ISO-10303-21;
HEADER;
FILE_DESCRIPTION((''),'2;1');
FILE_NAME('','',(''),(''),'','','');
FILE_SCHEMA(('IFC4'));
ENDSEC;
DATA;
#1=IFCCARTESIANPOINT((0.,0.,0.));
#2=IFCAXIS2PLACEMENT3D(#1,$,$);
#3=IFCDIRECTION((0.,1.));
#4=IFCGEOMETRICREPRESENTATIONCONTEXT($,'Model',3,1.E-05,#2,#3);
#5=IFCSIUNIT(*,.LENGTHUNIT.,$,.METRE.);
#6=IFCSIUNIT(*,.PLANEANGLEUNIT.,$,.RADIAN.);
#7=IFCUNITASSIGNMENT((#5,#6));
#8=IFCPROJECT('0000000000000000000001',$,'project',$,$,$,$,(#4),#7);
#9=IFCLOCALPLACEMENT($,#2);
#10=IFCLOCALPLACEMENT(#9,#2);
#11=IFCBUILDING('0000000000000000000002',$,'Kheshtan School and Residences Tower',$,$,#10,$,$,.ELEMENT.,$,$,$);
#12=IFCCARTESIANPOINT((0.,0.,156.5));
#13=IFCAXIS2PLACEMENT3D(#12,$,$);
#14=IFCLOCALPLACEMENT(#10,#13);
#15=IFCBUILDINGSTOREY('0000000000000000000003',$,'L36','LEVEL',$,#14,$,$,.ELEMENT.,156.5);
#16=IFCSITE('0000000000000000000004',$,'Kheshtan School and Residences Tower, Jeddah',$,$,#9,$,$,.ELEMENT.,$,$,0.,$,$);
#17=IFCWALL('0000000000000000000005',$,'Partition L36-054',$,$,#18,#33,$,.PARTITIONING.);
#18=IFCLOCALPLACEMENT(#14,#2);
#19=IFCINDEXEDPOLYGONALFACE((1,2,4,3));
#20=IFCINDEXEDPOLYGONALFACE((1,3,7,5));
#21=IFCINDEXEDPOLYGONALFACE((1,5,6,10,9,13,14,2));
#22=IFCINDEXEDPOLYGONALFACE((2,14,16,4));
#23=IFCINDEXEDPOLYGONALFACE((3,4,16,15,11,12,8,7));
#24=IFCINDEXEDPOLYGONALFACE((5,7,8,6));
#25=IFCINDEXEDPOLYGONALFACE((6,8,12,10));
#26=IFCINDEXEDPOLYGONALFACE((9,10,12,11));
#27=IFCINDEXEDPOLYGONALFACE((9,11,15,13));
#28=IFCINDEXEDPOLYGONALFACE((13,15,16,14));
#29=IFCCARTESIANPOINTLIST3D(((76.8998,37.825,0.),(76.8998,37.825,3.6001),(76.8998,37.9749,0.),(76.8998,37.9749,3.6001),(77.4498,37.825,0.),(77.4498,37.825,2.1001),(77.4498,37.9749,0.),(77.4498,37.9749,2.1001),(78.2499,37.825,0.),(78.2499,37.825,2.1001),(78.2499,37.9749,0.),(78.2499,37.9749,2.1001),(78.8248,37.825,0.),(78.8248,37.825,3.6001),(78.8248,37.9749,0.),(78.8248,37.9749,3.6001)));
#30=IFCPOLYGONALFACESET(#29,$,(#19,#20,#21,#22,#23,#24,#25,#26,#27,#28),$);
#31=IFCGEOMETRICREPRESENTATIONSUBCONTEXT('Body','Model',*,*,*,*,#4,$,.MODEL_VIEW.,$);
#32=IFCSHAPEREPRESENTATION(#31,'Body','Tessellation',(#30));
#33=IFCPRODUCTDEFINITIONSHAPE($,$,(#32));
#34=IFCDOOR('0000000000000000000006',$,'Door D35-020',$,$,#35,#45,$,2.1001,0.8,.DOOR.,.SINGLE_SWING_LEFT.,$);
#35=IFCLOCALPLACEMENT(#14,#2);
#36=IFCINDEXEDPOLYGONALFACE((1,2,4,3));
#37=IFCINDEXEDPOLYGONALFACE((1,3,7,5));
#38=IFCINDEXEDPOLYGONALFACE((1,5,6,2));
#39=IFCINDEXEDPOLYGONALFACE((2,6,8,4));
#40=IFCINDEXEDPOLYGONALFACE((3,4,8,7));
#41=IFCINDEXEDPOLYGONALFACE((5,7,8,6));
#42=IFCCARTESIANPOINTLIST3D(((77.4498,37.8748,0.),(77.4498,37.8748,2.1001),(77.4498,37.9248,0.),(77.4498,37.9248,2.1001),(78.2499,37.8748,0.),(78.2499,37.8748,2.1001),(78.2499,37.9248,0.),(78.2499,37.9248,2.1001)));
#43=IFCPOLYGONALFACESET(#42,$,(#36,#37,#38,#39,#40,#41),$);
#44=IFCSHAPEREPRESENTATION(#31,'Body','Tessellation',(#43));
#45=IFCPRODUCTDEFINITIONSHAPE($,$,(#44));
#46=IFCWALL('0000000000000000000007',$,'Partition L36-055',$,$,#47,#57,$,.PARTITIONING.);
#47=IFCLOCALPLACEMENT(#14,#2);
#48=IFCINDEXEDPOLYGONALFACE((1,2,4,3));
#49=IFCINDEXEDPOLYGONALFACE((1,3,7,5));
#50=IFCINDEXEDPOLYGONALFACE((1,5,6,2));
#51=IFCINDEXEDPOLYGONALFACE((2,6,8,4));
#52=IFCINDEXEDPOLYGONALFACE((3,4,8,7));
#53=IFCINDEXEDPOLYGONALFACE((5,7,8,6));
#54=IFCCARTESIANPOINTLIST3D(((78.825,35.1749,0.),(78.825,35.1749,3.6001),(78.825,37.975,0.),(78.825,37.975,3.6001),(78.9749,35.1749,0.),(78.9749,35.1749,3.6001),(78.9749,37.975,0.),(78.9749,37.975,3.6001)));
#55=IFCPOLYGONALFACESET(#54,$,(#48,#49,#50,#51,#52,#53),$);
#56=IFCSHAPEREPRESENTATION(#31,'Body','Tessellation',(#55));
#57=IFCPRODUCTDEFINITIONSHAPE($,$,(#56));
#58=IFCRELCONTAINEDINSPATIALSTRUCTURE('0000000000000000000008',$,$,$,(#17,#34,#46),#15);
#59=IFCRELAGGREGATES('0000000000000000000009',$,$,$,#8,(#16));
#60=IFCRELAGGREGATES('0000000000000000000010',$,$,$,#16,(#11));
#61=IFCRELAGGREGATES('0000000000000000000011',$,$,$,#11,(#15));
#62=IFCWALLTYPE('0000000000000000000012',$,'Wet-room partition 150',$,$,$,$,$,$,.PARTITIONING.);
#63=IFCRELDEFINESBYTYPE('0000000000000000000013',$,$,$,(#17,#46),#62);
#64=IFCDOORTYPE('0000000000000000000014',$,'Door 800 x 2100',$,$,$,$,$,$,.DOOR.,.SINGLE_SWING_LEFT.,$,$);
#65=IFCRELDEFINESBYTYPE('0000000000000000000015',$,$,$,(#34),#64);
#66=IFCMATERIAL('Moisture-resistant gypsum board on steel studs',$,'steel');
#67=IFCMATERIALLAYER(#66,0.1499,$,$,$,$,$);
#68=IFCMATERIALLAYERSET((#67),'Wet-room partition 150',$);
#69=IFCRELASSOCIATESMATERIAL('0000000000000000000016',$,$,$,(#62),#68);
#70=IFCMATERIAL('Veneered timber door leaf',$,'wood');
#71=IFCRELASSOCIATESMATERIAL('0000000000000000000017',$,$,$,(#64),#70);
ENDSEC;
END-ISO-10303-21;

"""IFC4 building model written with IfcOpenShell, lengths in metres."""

from ifc_helpers import new_model, si_unit, direction, frame, frame_2d, origin, place, context, subcontext, project, spatial, rectangle, extrude, source, transform, mapped, material, layer, layer_set, type_object, element, fill, save


model = new_model("IFC4")

# Units and contexts
model_context = context("Model", 3, precision=1e-05, world=origin(), true_north=direction((0.0, 1.0)))
body_context = subcontext(model_context, "Body", "Model", "MODEL_VIEW")
ifc_project = project(units=[si_unit("LENGTHUNIT", "METRE"), si_unit("PLANEANGLEUNIT", "RADIAN")], contexts=[model_context])

# Site, building, storey
site_placement = place(None, origin())
site = spatial("IfcSite", under=ifc_project, at=site_placement, Name="Kheshtan School and Residences Tower, Jeddah", CompositionType="ELEMENT", RefElevation=0.0)
building_placement = place(site_placement, origin())
building = spatial("IfcBuilding", under=site, at=building_placement, Name="Kheshtan School and Residences Tower", CompositionType="ELEMENT")
storey_placement = place(building_placement, frame((0.0, 0.0, 156.5)))
storey = spatial("IfcBuildingStorey", under=building, at=storey_placement, Name="L36", Description="LEVEL", CompositionType="ELEMENT", Elevation=156.5)

# Shared definitions
ifc_material_1 = material(Name="Moisture-resistant gypsum board on steel studs", Category="steel")
ifc_layer_1 = layer(ifc_material_1, 0.1499)
ifc_layer_set_1 = layer_set([ifc_layer_1], Name="Wet-room partition 150")
wall_type_1 = type_object("IfcWallType", Name="Wet-room partition 150", PredefinedType="PARTITIONING", material=ifc_layer_set_1)

# Shared definitions
ifc_material_2 = material(Name="Veneered timber door leaf", Category="wood")
door_type_1 = type_object("IfcDoorType", Name="Door 800 x 2100", OperationType="SINGLE_SWING_LEFT", PredefinedType="DOOR", material=ifc_material_2)
shared_shape_1 = source(origin(), body_context, "Body", "SweptSolid", [
    extrude(rectangle(XDim=0.8, YDim=2.1001, at=frame_2d((0.3999, 1.05))), frame((0.0, 0.0249, 0.0), z_axis=(0.0, -1.0, 0.0), x_axis=(1.0, 0.0, 0.0)), (0.0, 0.0, 1.0), 0.05),
])

# Wall, opening, door
wall_1_placement = place(storey_placement, frame((76.8999, 37.8999, 0.0), z_axis=(0.0, 0.0, 1.0), x_axis=(1.0, 0.0, 0.0)))
wall_1 = element("IfcWall", 1, at=wall_1_placement, inside=storey, type_object=wall_type_1, Name="Partition L36-054", PredefinedType="PARTITIONING", context=body_context, shape_type="SweptSolid", body=[
    extrude(rectangle(XDim=1.925, YDim=0.1499, at=frame_2d((0.9624, 0.0))), origin(), (0.0, 0.0, 1.0), 3.6001),
])
opening_1_placement = place(wall_1_placement, frame((0.55, 0.0, 0.0)))
opening_1 = element("IfcOpeningElement", 2, at=opening_1_placement, cuts=wall_1, PredefinedType="OPENING", context=body_context, shape_type="SweptSolid", body=[
    extrude(rectangle(XDim=0.8, YDim=2.1001, at=frame_2d((0.3999, 1.05))), frame((0.0, 0.085, 0.0), z_axis=(0.0, -1.0, 0.0), x_axis=(1.0, 0.0, 0.0)), (0.0, 0.0, 1.0), 0.1699),
])
door_1_placement = place(opening_1_placement, origin())
door_1 = element("IfcDoor", 3, at=door_1_placement, inside=storey, type_object=door_type_1, Name="Door D35-020", OperationType="SINGLE_SWING_LEFT", OverallHeight=2.1001, OverallWidth=0.8, PredefinedType="DOOR", context=body_context, shape_type="MappedRepresentation", body=[
    mapped(shared_shape_1, transform((0.0, 0.0, 0.0), x_axis=(1.0, 0.0, 0.0), y_axis=(0.0, 1.0, 0.0), z_axis=(0.0, 0.0, 1.0), scale=1.0)),
])
fill(opening_1, door_1)

# Wall
wall_2_placement = place(storey_placement, frame((78.8999, 35.175, 0.0), z_axis=(0.0, 0.0, 1.0), x_axis=(0.0, 1.0, 0.0)))
element("IfcWall", 4, at=wall_2_placement, inside=storey, type_object=wall_type_1, Name="Partition L36-055", PredefinedType="PARTITIONING", context=body_context, shape_type="SweptSolid", body=[
    extrude(rectangle(XDim=2.8, YDim=0.1499, at=frame_2d((1.3999, 0.0))), origin(), (0.0, 0.0, 1.0), 3.6001),
])

save(model, "model.ifc")
